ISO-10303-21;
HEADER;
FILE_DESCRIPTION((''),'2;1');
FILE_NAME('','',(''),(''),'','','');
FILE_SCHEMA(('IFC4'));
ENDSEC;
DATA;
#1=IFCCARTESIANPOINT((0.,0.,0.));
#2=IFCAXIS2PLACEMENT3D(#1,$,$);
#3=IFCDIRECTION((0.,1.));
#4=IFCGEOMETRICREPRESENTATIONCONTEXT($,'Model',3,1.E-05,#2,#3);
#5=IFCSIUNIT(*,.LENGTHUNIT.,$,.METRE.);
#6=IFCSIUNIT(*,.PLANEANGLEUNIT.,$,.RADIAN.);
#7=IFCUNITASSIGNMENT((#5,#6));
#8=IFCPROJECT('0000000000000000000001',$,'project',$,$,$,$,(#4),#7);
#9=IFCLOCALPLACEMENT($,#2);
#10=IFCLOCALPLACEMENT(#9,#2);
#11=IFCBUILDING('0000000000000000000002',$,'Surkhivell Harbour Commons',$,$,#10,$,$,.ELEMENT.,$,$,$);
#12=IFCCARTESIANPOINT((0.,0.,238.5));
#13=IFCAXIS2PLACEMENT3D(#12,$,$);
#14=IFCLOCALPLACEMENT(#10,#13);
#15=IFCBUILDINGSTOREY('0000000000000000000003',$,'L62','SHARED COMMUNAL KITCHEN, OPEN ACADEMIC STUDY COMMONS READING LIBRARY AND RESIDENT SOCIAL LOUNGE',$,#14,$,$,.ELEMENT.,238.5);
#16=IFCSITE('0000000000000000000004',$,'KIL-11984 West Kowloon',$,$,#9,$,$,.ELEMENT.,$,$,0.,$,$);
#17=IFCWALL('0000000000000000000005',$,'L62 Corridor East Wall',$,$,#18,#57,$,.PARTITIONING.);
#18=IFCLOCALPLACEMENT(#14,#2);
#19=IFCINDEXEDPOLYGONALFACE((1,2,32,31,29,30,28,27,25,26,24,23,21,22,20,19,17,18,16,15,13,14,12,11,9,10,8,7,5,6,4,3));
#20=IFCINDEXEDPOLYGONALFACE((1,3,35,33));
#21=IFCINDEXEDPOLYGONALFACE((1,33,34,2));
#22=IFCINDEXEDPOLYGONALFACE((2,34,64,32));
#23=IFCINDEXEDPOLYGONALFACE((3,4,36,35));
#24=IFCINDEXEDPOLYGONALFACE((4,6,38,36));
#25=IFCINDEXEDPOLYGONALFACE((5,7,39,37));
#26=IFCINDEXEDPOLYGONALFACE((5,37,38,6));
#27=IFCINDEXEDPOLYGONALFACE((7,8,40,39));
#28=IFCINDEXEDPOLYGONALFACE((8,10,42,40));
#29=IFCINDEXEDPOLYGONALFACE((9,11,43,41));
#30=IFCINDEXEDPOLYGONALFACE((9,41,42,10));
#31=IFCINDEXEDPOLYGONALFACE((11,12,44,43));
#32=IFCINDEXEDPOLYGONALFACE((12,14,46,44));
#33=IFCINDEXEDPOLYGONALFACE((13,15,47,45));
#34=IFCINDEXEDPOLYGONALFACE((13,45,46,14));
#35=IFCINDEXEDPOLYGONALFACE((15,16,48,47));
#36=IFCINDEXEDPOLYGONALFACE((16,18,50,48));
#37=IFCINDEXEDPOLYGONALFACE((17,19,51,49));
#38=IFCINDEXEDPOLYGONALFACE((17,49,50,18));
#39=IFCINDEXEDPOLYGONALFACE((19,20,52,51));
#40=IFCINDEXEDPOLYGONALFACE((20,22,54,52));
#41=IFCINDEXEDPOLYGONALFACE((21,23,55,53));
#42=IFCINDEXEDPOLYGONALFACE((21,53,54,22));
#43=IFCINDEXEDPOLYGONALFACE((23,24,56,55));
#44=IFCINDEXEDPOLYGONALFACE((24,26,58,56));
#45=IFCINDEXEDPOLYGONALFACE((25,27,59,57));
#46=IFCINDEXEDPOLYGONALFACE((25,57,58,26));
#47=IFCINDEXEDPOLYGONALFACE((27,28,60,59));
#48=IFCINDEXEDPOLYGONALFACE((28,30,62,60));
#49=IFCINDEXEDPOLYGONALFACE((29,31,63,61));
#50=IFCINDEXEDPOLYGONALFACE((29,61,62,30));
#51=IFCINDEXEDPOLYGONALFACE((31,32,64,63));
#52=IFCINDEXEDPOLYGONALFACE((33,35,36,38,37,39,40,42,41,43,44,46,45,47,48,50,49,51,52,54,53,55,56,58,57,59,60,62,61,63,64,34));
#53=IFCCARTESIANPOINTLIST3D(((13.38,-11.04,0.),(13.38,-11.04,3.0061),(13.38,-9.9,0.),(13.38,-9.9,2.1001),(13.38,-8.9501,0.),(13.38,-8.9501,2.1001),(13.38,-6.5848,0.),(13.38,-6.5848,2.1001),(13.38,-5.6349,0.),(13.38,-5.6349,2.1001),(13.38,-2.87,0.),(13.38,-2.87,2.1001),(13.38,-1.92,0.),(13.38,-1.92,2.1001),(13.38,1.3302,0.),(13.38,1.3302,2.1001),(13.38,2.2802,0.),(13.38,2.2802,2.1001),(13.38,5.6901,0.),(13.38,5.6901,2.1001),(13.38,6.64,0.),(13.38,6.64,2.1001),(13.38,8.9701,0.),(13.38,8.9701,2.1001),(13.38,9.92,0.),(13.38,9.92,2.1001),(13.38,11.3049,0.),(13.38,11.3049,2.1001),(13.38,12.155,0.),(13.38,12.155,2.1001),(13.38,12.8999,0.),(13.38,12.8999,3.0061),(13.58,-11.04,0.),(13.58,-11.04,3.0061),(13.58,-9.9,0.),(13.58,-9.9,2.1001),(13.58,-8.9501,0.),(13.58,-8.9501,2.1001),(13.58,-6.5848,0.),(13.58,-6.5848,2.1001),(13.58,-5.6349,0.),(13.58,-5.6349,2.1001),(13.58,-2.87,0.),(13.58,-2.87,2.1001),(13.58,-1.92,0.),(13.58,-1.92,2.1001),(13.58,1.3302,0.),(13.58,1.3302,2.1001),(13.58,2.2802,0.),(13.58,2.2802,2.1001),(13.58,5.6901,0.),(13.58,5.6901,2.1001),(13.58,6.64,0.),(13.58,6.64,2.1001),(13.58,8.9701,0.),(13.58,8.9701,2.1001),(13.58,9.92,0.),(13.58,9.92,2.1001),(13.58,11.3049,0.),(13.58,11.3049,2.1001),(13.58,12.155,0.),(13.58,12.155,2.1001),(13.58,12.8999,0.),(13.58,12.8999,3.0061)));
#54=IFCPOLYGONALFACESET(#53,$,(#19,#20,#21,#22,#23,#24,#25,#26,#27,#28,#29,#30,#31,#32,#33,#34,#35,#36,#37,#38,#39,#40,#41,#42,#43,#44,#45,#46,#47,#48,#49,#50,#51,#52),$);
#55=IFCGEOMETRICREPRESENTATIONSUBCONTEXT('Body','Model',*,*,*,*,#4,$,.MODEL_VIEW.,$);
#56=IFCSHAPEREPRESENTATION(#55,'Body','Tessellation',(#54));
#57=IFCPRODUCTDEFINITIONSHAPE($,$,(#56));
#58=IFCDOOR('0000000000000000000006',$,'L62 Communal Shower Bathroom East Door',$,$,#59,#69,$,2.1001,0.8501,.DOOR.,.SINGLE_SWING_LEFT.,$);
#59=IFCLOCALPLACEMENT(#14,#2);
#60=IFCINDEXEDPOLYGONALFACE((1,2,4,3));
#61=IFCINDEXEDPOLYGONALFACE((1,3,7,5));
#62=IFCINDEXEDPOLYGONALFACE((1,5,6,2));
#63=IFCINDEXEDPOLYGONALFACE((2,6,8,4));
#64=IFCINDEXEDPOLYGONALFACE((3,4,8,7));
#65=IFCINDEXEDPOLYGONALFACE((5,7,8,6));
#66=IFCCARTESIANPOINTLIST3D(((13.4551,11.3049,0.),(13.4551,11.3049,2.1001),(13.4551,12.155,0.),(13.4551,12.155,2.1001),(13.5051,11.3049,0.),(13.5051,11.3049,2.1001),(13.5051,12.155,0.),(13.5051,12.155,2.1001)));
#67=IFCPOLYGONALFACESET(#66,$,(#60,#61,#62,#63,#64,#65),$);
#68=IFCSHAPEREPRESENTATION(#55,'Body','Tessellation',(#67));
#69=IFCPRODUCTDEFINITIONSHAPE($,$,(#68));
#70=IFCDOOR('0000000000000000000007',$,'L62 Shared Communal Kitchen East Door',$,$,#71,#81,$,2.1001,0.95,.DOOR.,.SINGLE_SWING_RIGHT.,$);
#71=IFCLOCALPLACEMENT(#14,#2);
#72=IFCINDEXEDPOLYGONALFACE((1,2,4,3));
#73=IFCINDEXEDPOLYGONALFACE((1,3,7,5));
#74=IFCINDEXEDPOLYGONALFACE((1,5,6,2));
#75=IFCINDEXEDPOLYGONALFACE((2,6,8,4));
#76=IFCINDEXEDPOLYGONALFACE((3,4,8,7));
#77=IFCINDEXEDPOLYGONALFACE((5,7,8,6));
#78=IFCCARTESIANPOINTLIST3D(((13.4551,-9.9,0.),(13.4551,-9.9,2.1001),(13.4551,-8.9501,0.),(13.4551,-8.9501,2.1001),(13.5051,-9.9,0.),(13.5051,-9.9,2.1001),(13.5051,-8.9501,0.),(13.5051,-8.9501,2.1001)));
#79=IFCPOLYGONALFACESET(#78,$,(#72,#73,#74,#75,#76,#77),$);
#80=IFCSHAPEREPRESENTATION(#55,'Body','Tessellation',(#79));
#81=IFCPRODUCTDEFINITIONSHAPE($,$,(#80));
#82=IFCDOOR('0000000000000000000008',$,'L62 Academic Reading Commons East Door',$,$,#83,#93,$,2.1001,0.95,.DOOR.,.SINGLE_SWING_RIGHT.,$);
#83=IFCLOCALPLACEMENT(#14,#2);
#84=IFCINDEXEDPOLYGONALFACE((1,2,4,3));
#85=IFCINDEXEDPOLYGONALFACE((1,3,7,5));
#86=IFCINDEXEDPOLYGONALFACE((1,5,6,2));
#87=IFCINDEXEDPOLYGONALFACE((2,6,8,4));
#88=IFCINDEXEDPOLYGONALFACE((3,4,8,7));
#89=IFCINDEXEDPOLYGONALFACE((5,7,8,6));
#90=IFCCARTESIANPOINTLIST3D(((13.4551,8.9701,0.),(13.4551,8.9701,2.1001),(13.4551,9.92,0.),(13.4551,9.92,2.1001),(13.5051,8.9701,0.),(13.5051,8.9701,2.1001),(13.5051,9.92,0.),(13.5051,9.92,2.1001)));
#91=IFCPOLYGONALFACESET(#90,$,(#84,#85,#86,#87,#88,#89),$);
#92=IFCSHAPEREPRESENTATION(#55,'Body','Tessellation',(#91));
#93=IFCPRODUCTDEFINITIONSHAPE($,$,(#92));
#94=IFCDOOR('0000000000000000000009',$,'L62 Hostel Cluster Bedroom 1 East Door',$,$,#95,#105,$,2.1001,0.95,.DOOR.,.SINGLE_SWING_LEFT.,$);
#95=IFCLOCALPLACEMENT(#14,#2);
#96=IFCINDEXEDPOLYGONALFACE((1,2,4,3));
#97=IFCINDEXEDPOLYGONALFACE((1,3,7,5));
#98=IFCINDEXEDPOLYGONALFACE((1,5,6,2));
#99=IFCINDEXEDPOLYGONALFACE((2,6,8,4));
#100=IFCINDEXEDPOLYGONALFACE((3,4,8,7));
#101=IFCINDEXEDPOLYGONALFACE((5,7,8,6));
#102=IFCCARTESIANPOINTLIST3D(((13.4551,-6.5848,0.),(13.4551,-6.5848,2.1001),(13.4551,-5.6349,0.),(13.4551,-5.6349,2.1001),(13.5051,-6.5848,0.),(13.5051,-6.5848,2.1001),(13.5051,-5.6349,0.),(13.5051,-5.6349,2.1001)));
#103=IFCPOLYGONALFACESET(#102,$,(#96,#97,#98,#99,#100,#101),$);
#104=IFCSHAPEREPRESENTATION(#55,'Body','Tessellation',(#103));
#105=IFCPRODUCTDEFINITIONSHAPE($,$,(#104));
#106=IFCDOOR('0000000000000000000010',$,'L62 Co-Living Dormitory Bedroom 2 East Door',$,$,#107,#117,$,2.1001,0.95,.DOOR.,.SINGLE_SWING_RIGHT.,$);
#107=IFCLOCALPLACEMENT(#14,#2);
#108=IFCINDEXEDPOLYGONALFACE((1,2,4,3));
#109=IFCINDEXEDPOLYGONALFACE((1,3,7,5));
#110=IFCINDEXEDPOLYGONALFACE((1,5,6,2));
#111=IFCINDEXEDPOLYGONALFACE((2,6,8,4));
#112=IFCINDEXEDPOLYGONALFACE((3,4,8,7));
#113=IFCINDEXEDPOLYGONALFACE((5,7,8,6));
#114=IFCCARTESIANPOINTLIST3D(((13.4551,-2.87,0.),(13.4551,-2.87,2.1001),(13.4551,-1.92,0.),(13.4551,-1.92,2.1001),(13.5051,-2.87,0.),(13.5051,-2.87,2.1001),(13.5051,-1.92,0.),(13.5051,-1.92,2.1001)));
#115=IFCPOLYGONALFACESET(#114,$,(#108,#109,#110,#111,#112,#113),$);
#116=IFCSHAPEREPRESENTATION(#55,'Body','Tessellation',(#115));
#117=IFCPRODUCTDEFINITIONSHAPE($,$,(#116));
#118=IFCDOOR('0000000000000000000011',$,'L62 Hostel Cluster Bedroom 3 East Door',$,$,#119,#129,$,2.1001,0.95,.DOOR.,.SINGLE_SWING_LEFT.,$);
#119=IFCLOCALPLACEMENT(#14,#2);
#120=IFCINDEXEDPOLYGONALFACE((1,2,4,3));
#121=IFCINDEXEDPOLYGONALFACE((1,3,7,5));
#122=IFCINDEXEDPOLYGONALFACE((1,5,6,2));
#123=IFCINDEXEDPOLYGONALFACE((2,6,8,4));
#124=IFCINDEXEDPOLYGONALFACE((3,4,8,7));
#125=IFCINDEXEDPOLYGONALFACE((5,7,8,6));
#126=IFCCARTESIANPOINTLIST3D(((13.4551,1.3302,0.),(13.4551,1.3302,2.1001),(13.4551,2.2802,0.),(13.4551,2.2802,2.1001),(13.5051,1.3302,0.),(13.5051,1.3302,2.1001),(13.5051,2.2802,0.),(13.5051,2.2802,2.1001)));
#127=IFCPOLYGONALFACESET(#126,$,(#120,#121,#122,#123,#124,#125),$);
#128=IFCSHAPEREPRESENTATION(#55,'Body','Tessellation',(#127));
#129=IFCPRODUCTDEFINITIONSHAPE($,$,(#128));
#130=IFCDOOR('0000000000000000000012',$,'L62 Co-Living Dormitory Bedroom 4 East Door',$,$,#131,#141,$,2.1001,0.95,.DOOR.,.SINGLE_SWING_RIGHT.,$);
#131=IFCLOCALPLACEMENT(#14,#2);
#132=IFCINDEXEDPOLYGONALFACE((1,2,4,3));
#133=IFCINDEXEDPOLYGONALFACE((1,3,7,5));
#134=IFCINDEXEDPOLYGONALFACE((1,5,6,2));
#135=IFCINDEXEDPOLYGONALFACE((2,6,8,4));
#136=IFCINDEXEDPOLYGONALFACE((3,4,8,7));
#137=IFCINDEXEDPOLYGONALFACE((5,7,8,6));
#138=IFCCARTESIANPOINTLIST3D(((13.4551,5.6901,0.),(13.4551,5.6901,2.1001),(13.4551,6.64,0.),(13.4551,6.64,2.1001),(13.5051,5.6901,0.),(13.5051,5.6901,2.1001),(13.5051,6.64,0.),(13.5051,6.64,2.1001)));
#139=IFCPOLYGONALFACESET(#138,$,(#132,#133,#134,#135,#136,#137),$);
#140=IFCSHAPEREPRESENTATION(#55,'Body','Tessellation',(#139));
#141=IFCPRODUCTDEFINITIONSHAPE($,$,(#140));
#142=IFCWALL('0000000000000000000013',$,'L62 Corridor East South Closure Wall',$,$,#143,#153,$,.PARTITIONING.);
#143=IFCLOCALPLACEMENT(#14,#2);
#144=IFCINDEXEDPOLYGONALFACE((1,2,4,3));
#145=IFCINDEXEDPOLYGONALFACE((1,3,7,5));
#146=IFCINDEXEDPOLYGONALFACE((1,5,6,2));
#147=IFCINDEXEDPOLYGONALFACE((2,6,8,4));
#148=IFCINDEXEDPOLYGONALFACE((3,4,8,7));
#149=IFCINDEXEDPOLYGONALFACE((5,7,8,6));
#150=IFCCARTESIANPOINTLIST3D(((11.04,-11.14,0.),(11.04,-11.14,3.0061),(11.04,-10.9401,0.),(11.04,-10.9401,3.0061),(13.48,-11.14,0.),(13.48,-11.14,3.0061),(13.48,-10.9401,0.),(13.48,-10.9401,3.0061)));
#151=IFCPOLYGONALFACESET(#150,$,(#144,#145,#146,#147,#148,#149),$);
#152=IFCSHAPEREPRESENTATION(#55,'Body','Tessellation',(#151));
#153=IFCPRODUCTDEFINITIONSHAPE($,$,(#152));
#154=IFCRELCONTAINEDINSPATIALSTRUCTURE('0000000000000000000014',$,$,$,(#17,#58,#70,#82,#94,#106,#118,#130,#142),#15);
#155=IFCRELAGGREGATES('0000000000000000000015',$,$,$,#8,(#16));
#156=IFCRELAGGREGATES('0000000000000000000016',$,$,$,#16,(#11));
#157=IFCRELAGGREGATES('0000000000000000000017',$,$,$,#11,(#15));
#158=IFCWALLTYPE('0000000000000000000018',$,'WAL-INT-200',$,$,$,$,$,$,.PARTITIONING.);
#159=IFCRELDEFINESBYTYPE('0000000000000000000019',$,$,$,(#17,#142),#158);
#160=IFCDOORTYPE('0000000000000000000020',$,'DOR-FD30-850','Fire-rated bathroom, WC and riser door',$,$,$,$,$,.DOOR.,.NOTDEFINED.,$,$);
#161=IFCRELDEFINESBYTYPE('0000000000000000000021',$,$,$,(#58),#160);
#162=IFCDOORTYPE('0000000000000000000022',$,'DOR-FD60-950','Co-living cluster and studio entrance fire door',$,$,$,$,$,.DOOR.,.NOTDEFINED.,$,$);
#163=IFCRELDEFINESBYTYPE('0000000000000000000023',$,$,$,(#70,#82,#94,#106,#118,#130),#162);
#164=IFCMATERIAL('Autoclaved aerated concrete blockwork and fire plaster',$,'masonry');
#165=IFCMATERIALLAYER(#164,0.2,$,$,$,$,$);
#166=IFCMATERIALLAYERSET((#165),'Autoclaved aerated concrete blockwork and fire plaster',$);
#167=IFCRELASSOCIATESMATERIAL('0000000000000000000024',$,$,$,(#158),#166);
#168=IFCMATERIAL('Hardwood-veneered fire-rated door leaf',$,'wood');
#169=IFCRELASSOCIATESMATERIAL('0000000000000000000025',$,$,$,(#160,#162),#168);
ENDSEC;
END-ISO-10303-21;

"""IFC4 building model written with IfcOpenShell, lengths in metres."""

from ifc_helpers import new_model, si_unit, direction, frame, frame_2d, origin, place, context, subcontext, project, spatial, rectangle, extrude, material, layer, layer_set, type_object, element, fill, save


model = new_model("IFC4")

# Units and contexts
model_context = context("Model", 3, precision=1e-05, world=origin(), true_north=direction((0.0, 1.0)))
body_context = subcontext(model_context, "Body", "Model", "MODEL_VIEW")
ifc_project = project(units=[si_unit("LENGTHUNIT", "METRE"), si_unit("PLANEANGLEUNIT", "RADIAN")], contexts=[model_context])

# Site, building, storey
site_placement = place(None, origin())
site = spatial("IfcSite", under=ifc_project, at=site_placement, Name="KIL-11984 West Kowloon", CompositionType="ELEMENT", RefElevation=0.0)
building_placement = place(site_placement, origin())
building = spatial("IfcBuilding", under=site, at=building_placement, Name="Surkhivell Harbour Commons", CompositionType="ELEMENT")
storey_placement = place(building_placement, frame((0.0, 0.0, 238.5)))
storey = spatial("IfcBuildingStorey", under=building, at=storey_placement, Name="L62", Description="SHARED COMMUNAL KITCHEN, OPEN ACADEMIC STUDY COMMONS READING LIBRARY AND RESIDENT SOCIAL LOUNGE", CompositionType="ELEMENT", Elevation=238.5)

# Wall, openings, doors
ifc_material_1 = material(Name="Autoclaved aerated concrete blockwork and fire plaster", Category="masonry")
ifc_layer_1 = layer(ifc_material_1, 0.2)
ifc_layer_set_1 = layer_set([ifc_layer_1], Name="Autoclaved aerated concrete blockwork and fire plaster")
wall_type_1 = type_object("IfcWallType", Name="WAL-INT-200", PredefinedType="PARTITIONING", material=ifc_layer_set_1)
wall_1_placement = place(storey_placement, frame((13.48, -11.04, 0.0), z_axis=(0.0, 0.0, 1.0), x_axis=(0.0, 1.0, 0.0)))
wall_1 = element("IfcWall", 1, at=wall_1_placement, inside=storey, type_object=wall_type_1, Name="L62 Corridor East Wall", PredefinedType="PARTITIONING", context=body_context, shape_type="SweptSolid", body=[
    extrude(rectangle(XDim=23.9399, YDim=0.2, at=frame_2d((11.97, 0.0))), origin(), (0.0, 0.0, 1.0), 3.0061),
])
opening_1_placement = place(wall_1_placement, frame((1.1399, 0.0, 0.0)))
opening_1 = element("IfcOpeningElement", 2, at=opening_1_placement, cuts=wall_1, PredefinedType="OPENING", context=body_context, shape_type="SweptSolid", body=[
    extrude(rectangle(XDim=0.95, YDim=2.1001, at=frame_2d((0.4751, 1.05))), frame((0.0, 0.1099, 0.0), z_axis=(0.0, -1.0, 0.0), x_axis=(1.0, 0.0, 0.0)), (0.0, 0.0, 1.0), 0.22),
])
opening_2_placement = place(wall_1_placement, frame((22.345, 0.0, 0.0)))
opening_2 = element("IfcOpeningElement", 3, at=opening_2_placement, cuts=wall_1, PredefinedType="OPENING", context=body_context, shape_type="SweptSolid", body=[
    extrude(rectangle(XDim=0.8501, YDim=2.1001, at=frame_2d((0.425, 1.05))), frame((0.0, 0.1099, 0.0), z_axis=(0.0, -1.0, 0.0), x_axis=(1.0, 0.0, 0.0)), (0.0, 0.0, 1.0), 0.22),
])
opening_3_placement = place(wall_1_placement, frame((20.01, 0.0, 0.0)))
opening_3 = element("IfcOpeningElement", 4, at=opening_3_placement, cuts=wall_1, PredefinedType="OPENING", context=body_context, shape_type="SweptSolid", body=[
    extrude(rectangle(XDim=0.95, YDim=2.1001, at=frame_2d((0.4751, 1.05))), frame((0.0, 0.1099, 0.0), z_axis=(0.0, -1.0, 0.0), x_axis=(1.0, 0.0, 0.0)), (0.0, 0.0, 1.0), 0.22),
])
opening_4_placement = place(wall_1_placement, frame((4.4551, 0.0, 0.0)))
opening_4 = element("IfcOpeningElement", 5, at=opening_4_placement, cuts=wall_1, PredefinedType="OPENING", context=body_context, shape_type="SweptSolid", body=[
    extrude(rectangle(XDim=0.95, YDim=2.1001, at=frame_2d((0.4751, 1.05))), frame((0.0, 0.1099, 0.0), z_axis=(0.0, -1.0, 0.0), x_axis=(1.0, 0.0, 0.0)), (0.0, 0.0, 1.0), 0.22),
])
opening_5_placement = place(wall_1_placement, frame((8.1699, 0.0, 0.0)))
opening_5 = element("IfcOpeningElement", 6, at=opening_5_placement, cuts=wall_1, PredefinedType="OPENING", context=body_context, shape_type="SweptSolid", body=[
    extrude(rectangle(XDim=0.95, YDim=2.1001, at=frame_2d((0.4751, 1.05))), frame((0.0, 0.1099, 0.0), z_axis=(0.0, -1.0, 0.0), x_axis=(1.0, 0.0, 0.0)), (0.0, 0.0, 1.0), 0.22),
])
opening_6_placement = place(wall_1_placement, frame((12.3701, 0.0, 0.0)))
opening_6 = element("IfcOpeningElement", 7, at=opening_6_placement, cuts=wall_1, PredefinedType="OPENING", context=body_context, shape_type="SweptSolid", body=[
    extrude(rectangle(XDim=0.95, YDim=2.1001, at=frame_2d((0.4751, 1.05))), frame((0.0, 0.1099, 0.0), z_axis=(0.0, -1.0, 0.0), x_axis=(1.0, 0.0, 0.0)), (0.0, 0.0, 1.0), 0.22),
])
opening_7_placement = place(wall_1_placement, frame((16.73, 0.0, 0.0)))
opening_7 = element("IfcOpeningElement", 8, at=opening_7_placement, cuts=wall_1, PredefinedType="OPENING", context=body_context, shape_type="SweptSolid", body=[
    extrude(rectangle(XDim=0.95, YDim=2.1001, at=frame_2d((0.4751, 1.05))), frame((0.0, 0.1099, 0.0), z_axis=(0.0, -1.0, 0.0), x_axis=(1.0, 0.0, 0.0)), (0.0, 0.0, 1.0), 0.22),
])
ifc_material_2 = material(Name="Hardwood-veneered fire-rated door leaf", Category="wood")
door_type_1 = type_object("IfcDoorType", Name="DOR-FD30-850", Description="Fire-rated bathroom, WC and riser door", OperationType="NOTDEFINED", PredefinedType="DOOR", material=ifc_material_2)
door_1_placement = place(opening_2_placement, origin())
door_1 = element("IfcDoor", 9, at=door_1_placement, inside=storey, type_object=door_type_1, Name="L62 Communal Shower Bathroom East Door", OperationType="SINGLE_SWING_LEFT", OverallHeight=2.1001, OverallWidth=0.8501, PredefinedType="DOOR", context=body_context, shape_type="SweptSolid", body=[
    extrude(rectangle(XDim=0.8501, YDim=2.1001, at=frame_2d((0.425, 1.05))), frame((0.0, 0.0249, 0.0), z_axis=(0.0, -1.0, 0.0), x_axis=(1.0, 0.0, 0.0)), (0.0, 0.0, 1.0), 0.05),
])
fill(opening_2, door_1)
door_type_2 = type_object("IfcDoorType", Name="DOR-FD60-950", Description="Co-living cluster and studio entrance fire door", OperationType="NOTDEFINED", PredefinedType="DOOR", material=ifc_material_2)
door_2_placement = place(opening_1_placement, origin())
door_2 = element("IfcDoor", 10, at=door_2_placement, inside=storey, type_object=door_type_2, Name="L62 Shared Communal Kitchen East Door", OperationType="SINGLE_SWING_RIGHT", OverallHeight=2.1001, OverallWidth=0.95, PredefinedType="DOOR", context=body_context, shape_type="SweptSolid", body=[
    extrude(rectangle(XDim=0.95, YDim=2.1001, at=frame_2d((0.4751, 1.05))), frame((0.0, 0.0249, 0.0), z_axis=(0.0, -1.0, 0.0), x_axis=(1.0, 0.0, 0.0)), (0.0, 0.0, 1.0), 0.05),
])
fill(opening_1, door_2)
door_3_placement = place(opening_3_placement, origin())
door_3 = element("IfcDoor", 11, at=door_3_placement, inside=storey, type_object=door_type_2, Name="L62 Academic Reading Commons East Door", OperationType="SINGLE_SWING_RIGHT", OverallHeight=2.1001, OverallWidth=0.95, PredefinedType="DOOR", context=body_context, shape_type="SweptSolid", body=[
    extrude(rectangle(XDim=0.95, YDim=2.1001, at=frame_2d((0.4751, 1.05))), frame((0.0, 0.0249, 0.0), z_axis=(0.0, -1.0, 0.0), x_axis=(1.0, 0.0, 0.0)), (0.0, 0.0, 1.0), 0.05),
])
fill(opening_3, door_3)
door_4_placement = place(opening_4_placement, origin())
door_4 = element("IfcDoor", 12, at=door_4_placement, inside=storey, type_object=door_type_2, Name="L62 Hostel Cluster Bedroom 1 East Door", OperationType="SINGLE_SWING_LEFT", OverallHeight=2.1001, OverallWidth=0.95, PredefinedType="DOOR", context=body_context, shape_type="SweptSolid", body=[
    extrude(rectangle(XDim=0.95, YDim=2.1001, at=frame_2d((0.4751, 1.05))), frame((0.0, 0.0249, 0.0), z_axis=(0.0, -1.0, 0.0), x_axis=(1.0, 0.0, 0.0)), (0.0, 0.0, 1.0), 0.05),
])
fill(opening_4, door_4)
door_5_placement = place(opening_5_placement, origin())
door_5 = element("IfcDoor", 13, at=door_5_placement, inside=storey, type_object=door_type_2, Name="L62 Co-Living Dormitory Bedroom 2 East Door", OperationType="SINGLE_SWING_RIGHT", OverallHeight=2.1001, OverallWidth=0.95, PredefinedType="DOOR", context=body_context, shape_type="SweptSolid", body=[
    extrude(rectangle(XDim=0.95, YDim=2.1001, at=frame_2d((0.4751, 1.05))), frame((0.0, 0.0249, 0.0), z_axis=(0.0, -1.0, 0.0), x_axis=(1.0, 0.0, 0.0)), (0.0, 0.0, 1.0), 0.05),
])
fill(opening_5, door_5)
door_6_placement = place(opening_6_placement, origin())
door_6 = element("IfcDoor", 14, at=door_6_placement, inside=storey, type_object=door_type_2, Name="L62 Hostel Cluster Bedroom 3 East Door", OperationType="SINGLE_SWING_LEFT", OverallHeight=2.1001, OverallWidth=0.95, PredefinedType="DOOR", context=body_context, shape_type="SweptSolid", body=[
    extrude(rectangle(XDim=0.95, YDim=2.1001, at=frame_2d((0.4751, 1.05))), frame((0.0, 0.0249, 0.0), z_axis=(0.0, -1.0, 0.0), x_axis=(1.0, 0.0, 0.0)), (0.0, 0.0, 1.0), 0.05),
])
fill(opening_6, door_6)
door_7_placement = place(opening_7_placement, origin())
door_7 = element("IfcDoor", 15, at=door_7_placement, inside=storey, type_object=door_type_2, Name="L62 Co-Living Dormitory Bedroom 4 East Door", OperationType="SINGLE_SWING_RIGHT", OverallHeight=2.1001, OverallWidth=0.95, PredefinedType="DOOR", context=body_context, shape_type="SweptSolid", body=[
    extrude(rectangle(XDim=0.95, YDim=2.1001, at=frame_2d((0.4751, 1.05))), frame((0.0, 0.0249, 0.0), z_axis=(0.0, -1.0, 0.0), x_axis=(1.0, 0.0, 0.0)), (0.0, 0.0, 1.0), 0.05),
])
fill(opening_7, door_7)

# Wall
wall_2_placement = place(storey_placement, frame((11.04, -11.04, 0.0), z_axis=(0.0, 0.0, 1.0), x_axis=(1.0, 0.0, 0.0)))
element("IfcWall", 16, at=wall_2_placement, inside=storey, type_object=wall_type_1, Name="L62 Corridor East South Closure Wall", PredefinedType="PARTITIONING", context=body_context, shape_type="SweptSolid", body=[
    extrude(rectangle(XDim=2.4399, YDim=0.2, at=frame_2d((1.22, 0.0))), origin(), (0.0, 0.0, 1.0), 3.0061),
])

save(model, "model.ifc")
